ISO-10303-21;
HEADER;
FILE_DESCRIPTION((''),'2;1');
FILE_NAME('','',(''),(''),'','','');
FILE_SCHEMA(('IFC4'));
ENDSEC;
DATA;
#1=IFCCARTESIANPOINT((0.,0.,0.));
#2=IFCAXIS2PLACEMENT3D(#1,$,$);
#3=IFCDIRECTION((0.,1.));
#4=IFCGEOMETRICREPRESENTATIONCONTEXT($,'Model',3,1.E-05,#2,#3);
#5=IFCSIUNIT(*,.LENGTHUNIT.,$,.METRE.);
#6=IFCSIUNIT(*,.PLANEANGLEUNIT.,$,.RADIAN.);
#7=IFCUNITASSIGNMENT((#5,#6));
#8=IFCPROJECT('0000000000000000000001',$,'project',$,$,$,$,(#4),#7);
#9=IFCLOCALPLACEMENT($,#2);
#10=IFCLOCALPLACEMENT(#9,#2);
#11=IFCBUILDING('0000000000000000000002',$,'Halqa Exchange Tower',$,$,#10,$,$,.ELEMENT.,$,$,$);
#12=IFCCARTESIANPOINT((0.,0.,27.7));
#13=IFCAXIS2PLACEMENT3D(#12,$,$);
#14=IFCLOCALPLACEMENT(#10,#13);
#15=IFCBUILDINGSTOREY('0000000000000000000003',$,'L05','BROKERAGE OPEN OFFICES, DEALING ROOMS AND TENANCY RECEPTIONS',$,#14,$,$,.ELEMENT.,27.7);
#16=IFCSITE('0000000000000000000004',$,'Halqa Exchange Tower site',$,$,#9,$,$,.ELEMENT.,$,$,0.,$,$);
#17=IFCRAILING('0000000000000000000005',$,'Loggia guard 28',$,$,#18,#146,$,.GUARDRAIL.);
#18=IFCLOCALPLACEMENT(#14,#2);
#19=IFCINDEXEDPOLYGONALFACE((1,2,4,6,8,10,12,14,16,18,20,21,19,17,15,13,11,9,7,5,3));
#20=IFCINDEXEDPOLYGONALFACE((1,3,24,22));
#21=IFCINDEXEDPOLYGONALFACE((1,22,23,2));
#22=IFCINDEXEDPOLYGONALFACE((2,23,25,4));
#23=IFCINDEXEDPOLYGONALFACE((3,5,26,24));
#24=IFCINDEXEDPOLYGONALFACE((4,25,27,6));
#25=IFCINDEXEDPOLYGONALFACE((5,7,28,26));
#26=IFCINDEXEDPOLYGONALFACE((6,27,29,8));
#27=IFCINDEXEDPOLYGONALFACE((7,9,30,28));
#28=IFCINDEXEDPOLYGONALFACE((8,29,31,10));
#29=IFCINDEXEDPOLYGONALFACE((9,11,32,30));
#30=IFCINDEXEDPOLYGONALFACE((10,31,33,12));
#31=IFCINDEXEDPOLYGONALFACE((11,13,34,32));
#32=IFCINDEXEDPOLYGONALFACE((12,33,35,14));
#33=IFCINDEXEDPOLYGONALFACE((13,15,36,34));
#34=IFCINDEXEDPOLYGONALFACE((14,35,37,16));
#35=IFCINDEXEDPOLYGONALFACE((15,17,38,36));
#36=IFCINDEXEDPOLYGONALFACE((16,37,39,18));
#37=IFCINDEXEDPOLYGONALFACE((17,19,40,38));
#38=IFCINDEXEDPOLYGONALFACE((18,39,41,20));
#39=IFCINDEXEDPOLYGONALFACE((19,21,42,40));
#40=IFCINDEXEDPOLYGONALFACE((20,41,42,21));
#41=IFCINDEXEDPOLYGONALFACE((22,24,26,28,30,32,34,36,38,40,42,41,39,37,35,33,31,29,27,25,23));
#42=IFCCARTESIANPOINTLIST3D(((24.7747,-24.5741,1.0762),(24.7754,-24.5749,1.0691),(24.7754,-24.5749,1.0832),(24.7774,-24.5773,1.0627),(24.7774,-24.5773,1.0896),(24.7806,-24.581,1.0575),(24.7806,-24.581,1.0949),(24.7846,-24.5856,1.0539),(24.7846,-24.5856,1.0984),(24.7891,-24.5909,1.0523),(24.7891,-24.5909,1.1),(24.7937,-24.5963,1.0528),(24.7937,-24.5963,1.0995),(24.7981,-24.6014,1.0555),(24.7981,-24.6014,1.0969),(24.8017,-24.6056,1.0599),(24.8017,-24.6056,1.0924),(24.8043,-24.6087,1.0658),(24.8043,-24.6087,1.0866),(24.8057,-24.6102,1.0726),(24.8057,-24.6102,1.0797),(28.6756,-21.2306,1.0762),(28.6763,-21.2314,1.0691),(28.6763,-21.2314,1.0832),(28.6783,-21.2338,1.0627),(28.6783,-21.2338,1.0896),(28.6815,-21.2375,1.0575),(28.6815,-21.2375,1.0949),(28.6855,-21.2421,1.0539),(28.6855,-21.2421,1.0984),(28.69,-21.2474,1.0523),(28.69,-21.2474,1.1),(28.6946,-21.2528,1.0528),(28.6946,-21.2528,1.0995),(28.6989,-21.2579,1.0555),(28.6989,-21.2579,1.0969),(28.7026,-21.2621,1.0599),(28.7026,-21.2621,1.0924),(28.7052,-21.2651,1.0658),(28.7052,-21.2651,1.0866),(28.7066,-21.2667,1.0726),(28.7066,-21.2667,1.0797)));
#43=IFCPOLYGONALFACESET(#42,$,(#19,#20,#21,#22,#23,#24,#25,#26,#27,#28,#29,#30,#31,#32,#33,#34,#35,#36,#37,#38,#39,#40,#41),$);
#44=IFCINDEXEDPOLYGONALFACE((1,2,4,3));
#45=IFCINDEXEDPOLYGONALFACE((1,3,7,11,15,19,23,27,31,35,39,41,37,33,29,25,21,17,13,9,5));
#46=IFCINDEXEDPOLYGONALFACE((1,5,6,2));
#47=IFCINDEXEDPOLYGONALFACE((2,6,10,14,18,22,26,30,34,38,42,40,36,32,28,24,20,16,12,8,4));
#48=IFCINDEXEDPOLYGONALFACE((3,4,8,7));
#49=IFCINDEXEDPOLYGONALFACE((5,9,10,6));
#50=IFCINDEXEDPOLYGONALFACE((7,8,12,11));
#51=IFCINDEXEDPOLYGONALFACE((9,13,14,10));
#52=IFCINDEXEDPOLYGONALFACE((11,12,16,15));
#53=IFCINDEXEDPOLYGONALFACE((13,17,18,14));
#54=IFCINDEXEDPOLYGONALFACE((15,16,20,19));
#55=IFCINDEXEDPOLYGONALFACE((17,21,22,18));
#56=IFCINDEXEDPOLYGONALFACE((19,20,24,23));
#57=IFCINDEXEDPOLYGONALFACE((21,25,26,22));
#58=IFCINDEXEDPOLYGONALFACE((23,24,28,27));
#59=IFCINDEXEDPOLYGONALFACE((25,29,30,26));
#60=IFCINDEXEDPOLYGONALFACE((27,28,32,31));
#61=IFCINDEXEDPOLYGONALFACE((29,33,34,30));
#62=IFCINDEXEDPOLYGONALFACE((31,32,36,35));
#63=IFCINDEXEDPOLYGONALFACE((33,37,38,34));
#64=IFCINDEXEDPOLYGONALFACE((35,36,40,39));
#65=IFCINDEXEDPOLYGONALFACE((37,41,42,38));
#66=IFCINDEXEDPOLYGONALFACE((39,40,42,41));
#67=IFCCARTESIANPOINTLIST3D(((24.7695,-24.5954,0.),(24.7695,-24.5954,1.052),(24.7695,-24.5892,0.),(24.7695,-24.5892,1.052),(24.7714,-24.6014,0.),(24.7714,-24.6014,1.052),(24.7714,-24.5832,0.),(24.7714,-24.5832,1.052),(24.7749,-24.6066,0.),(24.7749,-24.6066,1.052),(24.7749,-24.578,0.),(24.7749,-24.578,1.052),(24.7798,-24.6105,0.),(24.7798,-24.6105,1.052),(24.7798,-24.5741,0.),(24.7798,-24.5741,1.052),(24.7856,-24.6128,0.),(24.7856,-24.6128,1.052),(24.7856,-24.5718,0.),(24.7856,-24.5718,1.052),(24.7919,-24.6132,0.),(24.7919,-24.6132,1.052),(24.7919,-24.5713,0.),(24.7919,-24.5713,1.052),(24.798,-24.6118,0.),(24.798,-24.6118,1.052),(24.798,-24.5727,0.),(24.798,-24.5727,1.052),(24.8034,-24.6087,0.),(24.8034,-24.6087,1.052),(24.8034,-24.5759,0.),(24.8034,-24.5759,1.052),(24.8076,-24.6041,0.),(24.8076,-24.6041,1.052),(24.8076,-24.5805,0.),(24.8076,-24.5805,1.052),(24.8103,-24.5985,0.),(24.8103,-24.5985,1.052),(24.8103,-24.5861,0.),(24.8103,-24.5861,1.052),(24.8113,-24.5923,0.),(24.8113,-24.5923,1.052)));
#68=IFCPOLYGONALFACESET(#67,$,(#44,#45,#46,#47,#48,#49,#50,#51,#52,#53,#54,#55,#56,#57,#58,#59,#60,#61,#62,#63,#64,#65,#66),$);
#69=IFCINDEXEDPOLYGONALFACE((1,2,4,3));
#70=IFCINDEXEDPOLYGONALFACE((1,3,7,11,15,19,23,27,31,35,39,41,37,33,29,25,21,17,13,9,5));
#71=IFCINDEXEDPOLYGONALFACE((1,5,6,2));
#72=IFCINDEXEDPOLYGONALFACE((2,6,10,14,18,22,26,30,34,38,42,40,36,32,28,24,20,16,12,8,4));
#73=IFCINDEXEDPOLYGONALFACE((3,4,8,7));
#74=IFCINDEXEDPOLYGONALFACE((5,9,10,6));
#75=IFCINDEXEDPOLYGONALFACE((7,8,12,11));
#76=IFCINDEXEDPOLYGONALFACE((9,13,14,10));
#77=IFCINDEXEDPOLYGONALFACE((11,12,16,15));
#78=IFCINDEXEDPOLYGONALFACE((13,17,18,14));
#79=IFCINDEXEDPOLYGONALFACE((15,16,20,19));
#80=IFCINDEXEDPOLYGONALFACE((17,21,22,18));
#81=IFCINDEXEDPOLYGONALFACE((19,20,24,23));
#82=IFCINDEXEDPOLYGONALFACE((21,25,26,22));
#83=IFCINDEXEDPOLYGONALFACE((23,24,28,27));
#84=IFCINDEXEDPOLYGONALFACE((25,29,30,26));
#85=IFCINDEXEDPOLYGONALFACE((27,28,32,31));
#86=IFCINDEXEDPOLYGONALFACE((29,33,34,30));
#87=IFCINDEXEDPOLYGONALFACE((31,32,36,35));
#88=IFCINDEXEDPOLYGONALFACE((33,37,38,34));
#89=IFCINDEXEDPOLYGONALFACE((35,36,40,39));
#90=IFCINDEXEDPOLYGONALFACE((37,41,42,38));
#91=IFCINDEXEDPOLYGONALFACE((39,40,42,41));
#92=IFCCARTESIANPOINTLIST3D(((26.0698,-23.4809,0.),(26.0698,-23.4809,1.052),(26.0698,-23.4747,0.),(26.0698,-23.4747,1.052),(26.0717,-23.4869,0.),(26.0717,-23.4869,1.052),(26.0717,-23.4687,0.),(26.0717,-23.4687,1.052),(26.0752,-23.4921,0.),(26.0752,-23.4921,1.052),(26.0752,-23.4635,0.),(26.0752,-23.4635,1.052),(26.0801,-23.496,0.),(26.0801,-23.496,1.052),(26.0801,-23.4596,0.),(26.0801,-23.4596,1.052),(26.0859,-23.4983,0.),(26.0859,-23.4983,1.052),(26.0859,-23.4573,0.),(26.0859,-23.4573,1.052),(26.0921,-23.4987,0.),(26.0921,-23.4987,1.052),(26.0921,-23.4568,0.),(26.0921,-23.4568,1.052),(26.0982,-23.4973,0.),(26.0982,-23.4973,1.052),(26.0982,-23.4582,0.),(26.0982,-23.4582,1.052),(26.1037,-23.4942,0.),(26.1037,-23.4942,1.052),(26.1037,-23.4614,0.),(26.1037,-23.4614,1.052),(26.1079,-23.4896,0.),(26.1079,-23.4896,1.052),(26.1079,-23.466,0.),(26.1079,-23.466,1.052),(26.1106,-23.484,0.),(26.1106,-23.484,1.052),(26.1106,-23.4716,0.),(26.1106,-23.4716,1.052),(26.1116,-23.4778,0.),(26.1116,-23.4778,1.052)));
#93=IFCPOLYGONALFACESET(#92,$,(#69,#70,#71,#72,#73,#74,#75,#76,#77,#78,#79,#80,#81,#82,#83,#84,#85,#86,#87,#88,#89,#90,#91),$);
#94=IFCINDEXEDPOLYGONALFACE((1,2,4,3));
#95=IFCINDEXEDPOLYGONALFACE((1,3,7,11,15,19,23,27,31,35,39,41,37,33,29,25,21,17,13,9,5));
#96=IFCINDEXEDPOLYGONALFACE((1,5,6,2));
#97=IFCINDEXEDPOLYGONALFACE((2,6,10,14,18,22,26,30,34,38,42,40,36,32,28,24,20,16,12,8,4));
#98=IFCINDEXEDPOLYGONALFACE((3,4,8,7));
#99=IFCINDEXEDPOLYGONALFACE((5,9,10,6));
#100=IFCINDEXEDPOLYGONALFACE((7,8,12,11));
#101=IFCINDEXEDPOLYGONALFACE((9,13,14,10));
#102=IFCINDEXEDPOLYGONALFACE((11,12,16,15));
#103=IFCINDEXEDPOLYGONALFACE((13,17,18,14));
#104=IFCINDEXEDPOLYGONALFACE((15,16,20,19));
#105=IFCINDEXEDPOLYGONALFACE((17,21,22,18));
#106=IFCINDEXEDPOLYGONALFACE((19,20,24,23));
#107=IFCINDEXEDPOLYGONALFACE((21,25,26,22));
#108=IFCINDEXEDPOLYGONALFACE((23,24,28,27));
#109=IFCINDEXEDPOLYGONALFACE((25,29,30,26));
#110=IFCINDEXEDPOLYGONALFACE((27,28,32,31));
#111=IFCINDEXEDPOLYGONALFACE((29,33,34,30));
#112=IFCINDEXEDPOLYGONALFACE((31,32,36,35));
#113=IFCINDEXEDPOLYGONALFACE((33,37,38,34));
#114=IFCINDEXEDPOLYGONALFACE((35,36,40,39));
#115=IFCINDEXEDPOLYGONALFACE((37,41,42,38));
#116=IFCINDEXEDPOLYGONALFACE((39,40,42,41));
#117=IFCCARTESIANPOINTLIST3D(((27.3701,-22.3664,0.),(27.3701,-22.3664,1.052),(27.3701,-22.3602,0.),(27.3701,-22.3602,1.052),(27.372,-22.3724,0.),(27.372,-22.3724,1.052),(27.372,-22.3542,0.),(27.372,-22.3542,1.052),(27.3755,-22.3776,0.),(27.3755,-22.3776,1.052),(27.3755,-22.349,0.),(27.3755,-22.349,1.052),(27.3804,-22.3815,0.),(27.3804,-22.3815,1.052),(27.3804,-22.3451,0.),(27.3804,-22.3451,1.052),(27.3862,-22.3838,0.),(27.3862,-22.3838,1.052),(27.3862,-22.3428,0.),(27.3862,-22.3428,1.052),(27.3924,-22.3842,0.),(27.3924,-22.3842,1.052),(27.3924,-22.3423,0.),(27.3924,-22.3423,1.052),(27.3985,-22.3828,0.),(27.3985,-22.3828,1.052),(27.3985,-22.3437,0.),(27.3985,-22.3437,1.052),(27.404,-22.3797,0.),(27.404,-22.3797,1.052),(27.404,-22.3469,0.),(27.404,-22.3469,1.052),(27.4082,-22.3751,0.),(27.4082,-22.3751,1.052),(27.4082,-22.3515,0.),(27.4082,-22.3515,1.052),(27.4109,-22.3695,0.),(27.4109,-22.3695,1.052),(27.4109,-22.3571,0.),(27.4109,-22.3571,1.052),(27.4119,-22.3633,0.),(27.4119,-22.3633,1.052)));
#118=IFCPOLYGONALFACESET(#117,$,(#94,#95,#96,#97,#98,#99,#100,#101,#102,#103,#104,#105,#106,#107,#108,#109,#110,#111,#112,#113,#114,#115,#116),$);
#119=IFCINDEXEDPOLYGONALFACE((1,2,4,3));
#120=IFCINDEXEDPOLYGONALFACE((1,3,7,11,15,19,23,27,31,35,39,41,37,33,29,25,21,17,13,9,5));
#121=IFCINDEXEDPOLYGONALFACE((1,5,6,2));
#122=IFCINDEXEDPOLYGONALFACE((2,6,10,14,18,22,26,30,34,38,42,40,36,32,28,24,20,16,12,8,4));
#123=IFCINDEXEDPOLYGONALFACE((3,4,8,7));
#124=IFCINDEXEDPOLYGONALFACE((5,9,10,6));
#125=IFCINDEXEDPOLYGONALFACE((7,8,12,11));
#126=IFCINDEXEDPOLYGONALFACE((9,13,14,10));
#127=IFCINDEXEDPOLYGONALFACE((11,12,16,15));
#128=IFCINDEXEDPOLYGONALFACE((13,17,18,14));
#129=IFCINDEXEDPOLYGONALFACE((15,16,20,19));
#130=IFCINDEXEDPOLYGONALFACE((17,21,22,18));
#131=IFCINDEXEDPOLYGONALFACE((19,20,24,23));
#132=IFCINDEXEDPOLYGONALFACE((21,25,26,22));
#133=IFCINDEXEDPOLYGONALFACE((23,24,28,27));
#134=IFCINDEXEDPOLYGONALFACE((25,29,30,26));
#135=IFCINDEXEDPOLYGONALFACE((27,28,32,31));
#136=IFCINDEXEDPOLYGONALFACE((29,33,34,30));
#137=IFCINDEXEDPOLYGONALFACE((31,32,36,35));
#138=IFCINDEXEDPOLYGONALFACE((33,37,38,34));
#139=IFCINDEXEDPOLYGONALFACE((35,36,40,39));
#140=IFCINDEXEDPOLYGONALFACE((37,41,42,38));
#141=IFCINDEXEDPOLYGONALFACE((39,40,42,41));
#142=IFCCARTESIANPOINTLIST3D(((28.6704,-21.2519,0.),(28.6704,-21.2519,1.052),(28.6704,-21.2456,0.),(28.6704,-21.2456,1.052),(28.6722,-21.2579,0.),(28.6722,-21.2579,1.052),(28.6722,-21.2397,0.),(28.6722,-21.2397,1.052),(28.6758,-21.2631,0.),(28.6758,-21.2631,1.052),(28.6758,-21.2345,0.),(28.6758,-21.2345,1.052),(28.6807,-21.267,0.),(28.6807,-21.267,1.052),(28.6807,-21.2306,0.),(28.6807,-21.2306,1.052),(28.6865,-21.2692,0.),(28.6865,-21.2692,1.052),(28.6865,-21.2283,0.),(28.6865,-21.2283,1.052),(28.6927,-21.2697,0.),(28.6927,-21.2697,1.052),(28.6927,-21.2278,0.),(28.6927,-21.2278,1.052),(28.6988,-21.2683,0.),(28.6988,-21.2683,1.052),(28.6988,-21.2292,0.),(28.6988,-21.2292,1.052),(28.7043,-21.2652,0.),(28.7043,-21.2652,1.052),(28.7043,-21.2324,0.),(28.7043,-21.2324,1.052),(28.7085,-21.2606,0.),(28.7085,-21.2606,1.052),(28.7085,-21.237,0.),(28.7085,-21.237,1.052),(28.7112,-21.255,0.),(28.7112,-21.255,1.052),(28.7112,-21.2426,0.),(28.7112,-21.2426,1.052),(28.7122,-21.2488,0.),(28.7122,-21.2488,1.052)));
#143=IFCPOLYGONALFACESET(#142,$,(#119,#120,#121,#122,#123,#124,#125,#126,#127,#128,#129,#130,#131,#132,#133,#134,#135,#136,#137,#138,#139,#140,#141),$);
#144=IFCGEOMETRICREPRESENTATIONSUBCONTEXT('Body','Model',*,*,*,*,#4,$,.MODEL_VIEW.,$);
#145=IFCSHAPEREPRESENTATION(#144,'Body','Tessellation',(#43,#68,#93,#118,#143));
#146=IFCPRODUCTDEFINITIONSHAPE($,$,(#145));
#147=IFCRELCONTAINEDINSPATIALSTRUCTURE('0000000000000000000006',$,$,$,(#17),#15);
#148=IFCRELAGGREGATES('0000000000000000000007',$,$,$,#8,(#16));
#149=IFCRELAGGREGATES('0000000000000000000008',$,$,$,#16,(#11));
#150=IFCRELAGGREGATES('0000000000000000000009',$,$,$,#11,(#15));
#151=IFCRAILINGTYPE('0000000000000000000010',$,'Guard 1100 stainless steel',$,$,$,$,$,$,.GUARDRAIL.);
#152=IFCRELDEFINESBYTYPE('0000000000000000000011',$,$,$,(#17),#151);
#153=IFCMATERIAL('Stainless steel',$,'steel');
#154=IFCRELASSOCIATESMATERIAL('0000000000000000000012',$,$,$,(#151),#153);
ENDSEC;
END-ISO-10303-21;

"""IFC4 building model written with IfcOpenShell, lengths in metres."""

from ifc_helpers import new_model, si_unit, direction, frame, origin, origin_2d, place, context, subcontext, project, spatial, circle, extrude, material, type_object, element, save


model = new_model("IFC4")

# Units and contexts
model_context = context("Model", 3, precision=1e-05, world=origin(), true_north=direction((0.0, 1.0)))
body_context = subcontext(model_context, "Body", "Model", "MODEL_VIEW")
ifc_project = project(units=[si_unit("LENGTHUNIT", "METRE"), si_unit("PLANEANGLEUNIT", "RADIAN")], contexts=[model_context])

# Site, building, storey
site_placement = place(None, origin())
site = spatial("IfcSite", under=ifc_project, at=site_placement, Name="Halqa Exchange Tower site", CompositionType="ELEMENT", RefElevation=0.0)
building_placement = place(site_placement, origin())
building = spatial("IfcBuilding", under=site, at=building_placement, Name="Halqa Exchange Tower", CompositionType="ELEMENT")
storey_placement = place(building_placement, frame((0.0, 0.0, 27.7)))
storey = spatial("IfcBuildingStorey", under=building, at=storey_placement, Name="L05", Description="BROKERAGE OPEN OFFICES, DEALING ROOMS AND TENANCY RECEPTIONS", CompositionType="ELEMENT", Elevation=27.7)

# Railing
ifc_material_1 = material(Name="Stainless steel", Category="steel")
railing_type = type_object("IfcRailingType", Name="Guard 1100 stainless steel", PredefinedType="GUARDRAIL", material=ifc_material_1)
railing_1_placement = place(storey_placement, frame((24.7903, -24.5923, 0.0)))
element("IfcRailing", 1, at=railing_1_placement, inside=storey, type_object=railing_type, Name="Loggia guard 28", PredefinedType="GUARDRAIL", context=body_context, shape_type="SweptSolid", body=[
    extrude(circle(Radius=0.0239, at=origin_2d()), frame((0.0, 0.0, 1.0762), z_axis=(0.759267, 0.65078, 0.0), x_axis=(-0.65078, 0.759267, 0.0)), (0.0, 0.0, 1.0), 5.1377),
    extrude(circle(Radius=0.021, at=origin_2d()), origin(), (0.0, 0.0, 1.0), 1.052),
    extrude(circle(Radius=0.021, at=origin_2d()), frame((1.3003, 1.1145, 0.0)), (0.0, 0.0, 1.0), 1.052),
    extrude(circle(Radius=0.021, at=origin_2d()), frame((2.6006, 2.229, 0.0)), (0.0, 0.0, 1.0), 1.052),
    extrude(circle(Radius=0.021, at=origin_2d()), frame((3.9009, 3.3435, 0.0)), (0.0, 0.0, 1.0), 1.052),
])

save(model, "model.ifc")
